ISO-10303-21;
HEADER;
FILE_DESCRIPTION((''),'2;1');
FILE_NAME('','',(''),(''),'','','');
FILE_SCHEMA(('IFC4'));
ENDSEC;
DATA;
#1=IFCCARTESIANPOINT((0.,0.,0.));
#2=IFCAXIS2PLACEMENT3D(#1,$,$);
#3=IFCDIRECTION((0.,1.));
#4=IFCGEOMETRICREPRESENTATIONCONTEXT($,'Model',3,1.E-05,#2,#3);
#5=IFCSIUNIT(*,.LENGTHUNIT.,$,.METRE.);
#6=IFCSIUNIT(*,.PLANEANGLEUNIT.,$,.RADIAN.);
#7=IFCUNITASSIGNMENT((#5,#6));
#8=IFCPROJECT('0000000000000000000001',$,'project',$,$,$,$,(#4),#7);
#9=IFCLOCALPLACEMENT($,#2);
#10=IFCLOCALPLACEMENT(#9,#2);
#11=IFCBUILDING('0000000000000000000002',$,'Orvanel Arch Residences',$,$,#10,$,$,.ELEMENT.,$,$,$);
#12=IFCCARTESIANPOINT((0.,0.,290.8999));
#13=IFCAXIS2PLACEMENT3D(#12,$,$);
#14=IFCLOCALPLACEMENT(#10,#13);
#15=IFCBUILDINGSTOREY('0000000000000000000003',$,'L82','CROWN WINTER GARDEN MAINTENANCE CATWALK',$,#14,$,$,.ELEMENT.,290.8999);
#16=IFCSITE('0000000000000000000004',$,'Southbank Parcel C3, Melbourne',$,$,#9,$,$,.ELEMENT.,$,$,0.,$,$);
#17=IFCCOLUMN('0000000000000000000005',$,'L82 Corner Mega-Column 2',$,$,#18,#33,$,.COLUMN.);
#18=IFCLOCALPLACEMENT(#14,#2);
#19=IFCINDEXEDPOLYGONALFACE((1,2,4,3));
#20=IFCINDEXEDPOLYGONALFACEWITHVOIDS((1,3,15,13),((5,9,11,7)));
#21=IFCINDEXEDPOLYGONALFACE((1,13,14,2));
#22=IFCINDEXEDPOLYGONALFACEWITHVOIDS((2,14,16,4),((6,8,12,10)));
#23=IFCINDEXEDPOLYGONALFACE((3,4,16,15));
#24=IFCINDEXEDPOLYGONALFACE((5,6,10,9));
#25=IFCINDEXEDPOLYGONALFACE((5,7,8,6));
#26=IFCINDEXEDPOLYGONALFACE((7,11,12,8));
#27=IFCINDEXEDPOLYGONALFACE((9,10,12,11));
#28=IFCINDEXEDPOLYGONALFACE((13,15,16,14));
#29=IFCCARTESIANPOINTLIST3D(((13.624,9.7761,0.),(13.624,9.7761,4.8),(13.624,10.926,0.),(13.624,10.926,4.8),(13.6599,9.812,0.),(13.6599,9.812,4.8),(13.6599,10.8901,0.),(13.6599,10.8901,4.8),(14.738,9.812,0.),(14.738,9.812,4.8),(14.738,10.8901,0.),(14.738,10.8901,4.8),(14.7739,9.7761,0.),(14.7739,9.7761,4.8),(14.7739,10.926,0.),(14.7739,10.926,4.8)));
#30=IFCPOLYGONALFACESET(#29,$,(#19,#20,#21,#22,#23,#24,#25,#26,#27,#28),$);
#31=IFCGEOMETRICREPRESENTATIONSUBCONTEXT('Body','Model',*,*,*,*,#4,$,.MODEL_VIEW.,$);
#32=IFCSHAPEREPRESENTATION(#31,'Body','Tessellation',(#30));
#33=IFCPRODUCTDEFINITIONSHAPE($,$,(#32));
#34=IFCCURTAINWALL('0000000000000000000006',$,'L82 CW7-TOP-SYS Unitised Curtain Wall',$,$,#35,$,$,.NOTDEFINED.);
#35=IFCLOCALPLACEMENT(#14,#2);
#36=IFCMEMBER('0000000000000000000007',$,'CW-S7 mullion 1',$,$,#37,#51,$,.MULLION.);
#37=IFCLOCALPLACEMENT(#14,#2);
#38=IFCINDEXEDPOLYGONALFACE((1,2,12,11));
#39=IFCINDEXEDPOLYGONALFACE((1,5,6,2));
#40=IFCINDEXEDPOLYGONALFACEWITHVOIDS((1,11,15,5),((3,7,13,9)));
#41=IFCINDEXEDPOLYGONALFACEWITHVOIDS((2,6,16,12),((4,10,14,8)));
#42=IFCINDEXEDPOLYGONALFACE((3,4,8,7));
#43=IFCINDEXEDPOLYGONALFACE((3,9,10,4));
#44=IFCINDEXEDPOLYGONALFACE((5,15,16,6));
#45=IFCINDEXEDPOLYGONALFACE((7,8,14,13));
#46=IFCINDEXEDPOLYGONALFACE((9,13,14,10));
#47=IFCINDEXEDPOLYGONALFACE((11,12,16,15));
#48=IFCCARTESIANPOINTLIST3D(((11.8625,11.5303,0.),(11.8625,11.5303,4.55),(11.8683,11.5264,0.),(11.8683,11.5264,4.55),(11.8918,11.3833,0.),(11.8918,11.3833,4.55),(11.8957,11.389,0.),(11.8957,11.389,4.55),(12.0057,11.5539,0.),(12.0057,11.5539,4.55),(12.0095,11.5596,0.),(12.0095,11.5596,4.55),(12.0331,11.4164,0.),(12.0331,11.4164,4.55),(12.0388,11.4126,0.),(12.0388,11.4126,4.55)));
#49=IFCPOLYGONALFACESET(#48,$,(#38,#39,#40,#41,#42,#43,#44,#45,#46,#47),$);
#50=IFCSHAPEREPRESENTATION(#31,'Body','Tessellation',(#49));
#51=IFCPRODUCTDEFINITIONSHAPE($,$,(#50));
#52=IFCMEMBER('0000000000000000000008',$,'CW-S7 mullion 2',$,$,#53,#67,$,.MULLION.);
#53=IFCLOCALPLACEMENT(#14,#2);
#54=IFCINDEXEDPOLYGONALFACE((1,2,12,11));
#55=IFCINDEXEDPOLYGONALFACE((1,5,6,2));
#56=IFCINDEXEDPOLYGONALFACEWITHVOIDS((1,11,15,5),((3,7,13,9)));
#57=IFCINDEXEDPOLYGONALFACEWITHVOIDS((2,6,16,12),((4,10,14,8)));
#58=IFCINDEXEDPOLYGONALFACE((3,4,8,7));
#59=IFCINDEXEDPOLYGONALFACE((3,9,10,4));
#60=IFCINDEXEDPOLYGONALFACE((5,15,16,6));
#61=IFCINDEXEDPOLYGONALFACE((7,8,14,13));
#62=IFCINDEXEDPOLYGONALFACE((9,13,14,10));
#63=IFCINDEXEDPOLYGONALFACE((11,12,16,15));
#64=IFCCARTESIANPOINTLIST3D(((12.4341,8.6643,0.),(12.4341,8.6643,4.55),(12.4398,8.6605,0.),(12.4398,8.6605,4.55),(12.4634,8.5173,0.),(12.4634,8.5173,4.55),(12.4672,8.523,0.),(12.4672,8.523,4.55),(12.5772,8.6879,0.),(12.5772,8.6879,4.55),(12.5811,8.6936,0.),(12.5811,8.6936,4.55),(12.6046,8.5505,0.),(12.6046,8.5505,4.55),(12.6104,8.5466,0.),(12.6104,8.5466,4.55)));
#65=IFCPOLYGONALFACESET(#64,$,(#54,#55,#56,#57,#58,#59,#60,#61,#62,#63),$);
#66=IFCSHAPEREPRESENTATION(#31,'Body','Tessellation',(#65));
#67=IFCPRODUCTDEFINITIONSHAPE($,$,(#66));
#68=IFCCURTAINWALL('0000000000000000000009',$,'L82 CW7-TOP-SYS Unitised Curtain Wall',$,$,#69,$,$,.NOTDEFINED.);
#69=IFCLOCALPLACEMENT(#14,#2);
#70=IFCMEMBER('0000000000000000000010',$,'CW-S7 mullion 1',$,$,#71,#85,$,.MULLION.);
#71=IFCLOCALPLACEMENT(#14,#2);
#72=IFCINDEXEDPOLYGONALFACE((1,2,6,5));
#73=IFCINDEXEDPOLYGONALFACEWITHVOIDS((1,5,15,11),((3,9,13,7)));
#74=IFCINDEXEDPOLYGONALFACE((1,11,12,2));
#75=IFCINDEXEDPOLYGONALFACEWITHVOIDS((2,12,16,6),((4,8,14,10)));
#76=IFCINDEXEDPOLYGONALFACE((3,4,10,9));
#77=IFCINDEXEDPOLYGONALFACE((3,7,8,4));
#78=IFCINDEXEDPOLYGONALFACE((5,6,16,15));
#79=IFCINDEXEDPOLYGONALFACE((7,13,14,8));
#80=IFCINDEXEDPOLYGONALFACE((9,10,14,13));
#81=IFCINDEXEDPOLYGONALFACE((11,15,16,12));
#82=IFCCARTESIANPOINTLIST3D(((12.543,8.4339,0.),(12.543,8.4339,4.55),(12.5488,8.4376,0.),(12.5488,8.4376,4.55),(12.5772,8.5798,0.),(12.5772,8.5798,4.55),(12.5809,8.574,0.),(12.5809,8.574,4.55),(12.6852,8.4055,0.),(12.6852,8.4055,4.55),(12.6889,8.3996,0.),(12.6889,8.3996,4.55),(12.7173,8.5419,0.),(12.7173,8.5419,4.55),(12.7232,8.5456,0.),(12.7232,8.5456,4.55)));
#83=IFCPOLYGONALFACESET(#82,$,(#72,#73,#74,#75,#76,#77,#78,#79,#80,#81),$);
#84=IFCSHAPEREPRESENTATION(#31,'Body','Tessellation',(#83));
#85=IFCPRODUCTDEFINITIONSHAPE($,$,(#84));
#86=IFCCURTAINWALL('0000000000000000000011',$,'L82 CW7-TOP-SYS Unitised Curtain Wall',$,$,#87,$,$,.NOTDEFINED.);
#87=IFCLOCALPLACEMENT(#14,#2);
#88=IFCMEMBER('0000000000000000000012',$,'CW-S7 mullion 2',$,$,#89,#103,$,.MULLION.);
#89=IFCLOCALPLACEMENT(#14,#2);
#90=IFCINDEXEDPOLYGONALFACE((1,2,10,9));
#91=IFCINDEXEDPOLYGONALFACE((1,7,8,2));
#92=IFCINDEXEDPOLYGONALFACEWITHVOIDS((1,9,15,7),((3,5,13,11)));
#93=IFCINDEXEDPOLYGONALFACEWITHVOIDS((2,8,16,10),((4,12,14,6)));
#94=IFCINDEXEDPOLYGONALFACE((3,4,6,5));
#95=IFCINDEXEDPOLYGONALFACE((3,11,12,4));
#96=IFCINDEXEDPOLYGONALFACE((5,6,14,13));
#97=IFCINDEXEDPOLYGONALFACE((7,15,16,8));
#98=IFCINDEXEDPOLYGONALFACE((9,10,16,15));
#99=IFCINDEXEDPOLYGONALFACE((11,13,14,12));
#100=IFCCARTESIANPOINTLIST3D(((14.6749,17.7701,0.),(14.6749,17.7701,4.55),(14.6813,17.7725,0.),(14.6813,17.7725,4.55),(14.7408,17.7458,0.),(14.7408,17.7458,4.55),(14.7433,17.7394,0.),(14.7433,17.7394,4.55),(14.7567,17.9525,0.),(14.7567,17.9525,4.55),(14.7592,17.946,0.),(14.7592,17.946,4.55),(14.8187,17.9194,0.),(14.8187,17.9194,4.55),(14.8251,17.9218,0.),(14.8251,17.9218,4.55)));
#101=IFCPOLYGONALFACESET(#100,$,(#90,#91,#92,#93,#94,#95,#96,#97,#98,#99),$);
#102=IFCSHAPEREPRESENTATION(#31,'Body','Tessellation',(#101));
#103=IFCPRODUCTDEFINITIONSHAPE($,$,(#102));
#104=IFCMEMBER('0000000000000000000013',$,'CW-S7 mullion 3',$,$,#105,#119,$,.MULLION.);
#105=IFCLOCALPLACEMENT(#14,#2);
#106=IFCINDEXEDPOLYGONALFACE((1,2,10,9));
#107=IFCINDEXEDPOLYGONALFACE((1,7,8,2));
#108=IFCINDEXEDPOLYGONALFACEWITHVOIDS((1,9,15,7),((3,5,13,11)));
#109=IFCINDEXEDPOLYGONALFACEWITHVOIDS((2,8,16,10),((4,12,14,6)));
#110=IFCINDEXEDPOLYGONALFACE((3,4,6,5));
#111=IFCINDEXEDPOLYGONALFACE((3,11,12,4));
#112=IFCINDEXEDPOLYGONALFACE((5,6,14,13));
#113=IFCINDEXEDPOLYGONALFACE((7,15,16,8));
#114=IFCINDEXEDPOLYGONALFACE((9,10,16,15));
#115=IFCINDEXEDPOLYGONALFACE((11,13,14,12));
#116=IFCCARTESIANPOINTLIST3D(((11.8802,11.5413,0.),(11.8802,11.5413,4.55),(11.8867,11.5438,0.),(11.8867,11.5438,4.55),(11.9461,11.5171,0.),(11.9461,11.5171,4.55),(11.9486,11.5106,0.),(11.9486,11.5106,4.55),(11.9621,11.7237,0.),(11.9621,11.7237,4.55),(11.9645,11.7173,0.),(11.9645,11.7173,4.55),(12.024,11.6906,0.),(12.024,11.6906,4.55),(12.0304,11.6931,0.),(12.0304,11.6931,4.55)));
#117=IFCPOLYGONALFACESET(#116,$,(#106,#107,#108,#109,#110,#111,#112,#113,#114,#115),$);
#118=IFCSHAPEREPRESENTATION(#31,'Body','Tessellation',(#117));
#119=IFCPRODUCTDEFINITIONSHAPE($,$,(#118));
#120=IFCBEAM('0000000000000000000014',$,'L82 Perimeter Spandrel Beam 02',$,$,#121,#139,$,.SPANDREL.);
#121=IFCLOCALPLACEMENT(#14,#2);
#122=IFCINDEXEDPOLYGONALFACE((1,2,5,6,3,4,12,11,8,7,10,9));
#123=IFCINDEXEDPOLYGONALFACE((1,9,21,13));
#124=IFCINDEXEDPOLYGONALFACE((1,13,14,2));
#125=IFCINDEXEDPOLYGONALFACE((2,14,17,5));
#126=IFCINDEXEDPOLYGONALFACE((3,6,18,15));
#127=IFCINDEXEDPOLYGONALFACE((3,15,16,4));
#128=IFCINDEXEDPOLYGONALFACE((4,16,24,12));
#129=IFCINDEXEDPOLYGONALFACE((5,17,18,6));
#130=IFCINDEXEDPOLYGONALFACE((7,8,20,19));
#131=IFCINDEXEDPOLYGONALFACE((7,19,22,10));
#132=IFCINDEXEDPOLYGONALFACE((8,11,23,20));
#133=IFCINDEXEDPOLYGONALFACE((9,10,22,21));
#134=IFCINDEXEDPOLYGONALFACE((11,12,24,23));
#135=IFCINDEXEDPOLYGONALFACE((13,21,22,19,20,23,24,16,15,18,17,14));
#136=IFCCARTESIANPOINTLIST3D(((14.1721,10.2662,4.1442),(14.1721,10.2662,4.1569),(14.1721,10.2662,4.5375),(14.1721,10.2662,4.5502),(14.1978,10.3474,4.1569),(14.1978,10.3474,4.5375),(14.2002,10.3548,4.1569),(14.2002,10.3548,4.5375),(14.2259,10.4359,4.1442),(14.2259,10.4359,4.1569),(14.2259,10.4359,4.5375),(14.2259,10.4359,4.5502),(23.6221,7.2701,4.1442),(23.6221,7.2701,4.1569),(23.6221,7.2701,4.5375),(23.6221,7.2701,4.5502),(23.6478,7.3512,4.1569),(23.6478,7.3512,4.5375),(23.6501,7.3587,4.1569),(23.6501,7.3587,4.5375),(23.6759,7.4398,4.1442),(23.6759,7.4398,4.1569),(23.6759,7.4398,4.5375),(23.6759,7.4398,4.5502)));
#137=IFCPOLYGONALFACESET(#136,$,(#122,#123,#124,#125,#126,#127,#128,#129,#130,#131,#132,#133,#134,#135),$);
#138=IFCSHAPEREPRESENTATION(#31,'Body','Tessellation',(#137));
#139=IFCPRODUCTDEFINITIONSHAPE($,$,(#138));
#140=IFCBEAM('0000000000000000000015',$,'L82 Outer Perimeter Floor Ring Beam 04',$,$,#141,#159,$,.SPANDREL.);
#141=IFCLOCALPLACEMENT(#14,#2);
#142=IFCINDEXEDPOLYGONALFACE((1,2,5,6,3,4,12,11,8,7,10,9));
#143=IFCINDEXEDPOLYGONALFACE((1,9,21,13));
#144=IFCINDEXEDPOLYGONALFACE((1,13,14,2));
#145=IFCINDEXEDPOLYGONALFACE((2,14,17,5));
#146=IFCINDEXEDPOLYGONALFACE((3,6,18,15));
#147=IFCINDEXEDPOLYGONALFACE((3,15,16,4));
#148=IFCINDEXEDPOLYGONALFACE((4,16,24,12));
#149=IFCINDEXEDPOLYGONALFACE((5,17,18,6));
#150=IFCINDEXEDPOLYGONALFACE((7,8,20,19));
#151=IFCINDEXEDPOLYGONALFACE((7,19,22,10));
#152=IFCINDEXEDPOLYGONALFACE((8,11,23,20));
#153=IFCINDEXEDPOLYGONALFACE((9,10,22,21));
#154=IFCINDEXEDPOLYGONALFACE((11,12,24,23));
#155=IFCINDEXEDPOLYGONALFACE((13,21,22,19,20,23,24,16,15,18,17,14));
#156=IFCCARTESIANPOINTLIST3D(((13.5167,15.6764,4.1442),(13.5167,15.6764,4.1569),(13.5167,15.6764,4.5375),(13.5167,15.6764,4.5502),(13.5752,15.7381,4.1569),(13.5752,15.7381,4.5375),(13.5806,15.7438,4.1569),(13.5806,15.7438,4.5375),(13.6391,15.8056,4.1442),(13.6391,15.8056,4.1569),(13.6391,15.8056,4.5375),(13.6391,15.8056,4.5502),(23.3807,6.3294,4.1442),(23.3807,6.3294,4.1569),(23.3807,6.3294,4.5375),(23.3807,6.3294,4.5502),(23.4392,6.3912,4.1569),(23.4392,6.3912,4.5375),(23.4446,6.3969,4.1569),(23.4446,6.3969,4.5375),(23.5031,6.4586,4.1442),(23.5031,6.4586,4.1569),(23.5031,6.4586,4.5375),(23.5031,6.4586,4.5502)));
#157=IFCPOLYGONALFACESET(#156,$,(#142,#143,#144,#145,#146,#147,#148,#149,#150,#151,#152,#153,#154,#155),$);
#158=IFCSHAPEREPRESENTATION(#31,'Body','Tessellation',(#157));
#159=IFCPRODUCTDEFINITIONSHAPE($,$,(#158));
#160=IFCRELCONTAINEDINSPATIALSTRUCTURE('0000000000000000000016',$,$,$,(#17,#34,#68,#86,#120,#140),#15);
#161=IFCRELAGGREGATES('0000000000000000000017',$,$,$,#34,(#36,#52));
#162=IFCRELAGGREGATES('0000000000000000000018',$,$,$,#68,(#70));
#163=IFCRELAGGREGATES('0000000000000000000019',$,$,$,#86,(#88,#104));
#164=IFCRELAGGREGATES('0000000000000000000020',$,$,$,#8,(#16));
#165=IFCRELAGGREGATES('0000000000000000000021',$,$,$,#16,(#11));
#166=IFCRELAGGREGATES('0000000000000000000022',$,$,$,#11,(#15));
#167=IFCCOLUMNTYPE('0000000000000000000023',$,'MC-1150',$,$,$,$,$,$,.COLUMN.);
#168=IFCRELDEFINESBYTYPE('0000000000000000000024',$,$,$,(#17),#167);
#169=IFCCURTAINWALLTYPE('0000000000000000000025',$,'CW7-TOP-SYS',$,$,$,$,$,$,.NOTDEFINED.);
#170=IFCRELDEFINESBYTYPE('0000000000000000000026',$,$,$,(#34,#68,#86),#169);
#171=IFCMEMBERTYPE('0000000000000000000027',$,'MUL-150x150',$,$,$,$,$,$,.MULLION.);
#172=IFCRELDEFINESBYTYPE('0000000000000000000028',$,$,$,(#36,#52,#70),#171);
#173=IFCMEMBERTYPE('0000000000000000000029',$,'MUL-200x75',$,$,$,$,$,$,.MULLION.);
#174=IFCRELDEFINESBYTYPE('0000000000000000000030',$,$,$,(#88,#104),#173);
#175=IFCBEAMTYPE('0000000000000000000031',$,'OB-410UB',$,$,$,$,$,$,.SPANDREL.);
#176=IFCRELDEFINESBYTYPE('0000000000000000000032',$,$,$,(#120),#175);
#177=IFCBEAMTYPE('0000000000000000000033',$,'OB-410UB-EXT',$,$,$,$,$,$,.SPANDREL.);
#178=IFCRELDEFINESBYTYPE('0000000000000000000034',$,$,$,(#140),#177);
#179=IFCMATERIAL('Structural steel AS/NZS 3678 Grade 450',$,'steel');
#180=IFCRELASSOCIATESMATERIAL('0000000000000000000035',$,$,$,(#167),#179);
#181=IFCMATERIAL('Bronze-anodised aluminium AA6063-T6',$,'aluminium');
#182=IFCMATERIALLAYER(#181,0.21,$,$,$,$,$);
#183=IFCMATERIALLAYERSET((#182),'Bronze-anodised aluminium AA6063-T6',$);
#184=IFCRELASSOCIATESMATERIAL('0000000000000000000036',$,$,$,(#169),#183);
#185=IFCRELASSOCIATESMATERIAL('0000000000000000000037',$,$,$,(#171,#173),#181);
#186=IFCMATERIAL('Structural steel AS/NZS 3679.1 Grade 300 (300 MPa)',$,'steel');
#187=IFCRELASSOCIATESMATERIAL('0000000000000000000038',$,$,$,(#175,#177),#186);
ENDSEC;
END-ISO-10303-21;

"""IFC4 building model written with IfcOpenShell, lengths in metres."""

from ifc_helpers import new_model, si_unit, direction, frame, origin, origin_2d, place, context, subcontext, project, spatial, hollow_rectangle, i_section, extrude, material, layer, layer_set, material_profile, profile_set, type_object, element, aggregate, save


model = new_model("IFC4")

# Units and contexts
model_context = context("Model", 3, precision=1e-05, world=origin(), true_north=direction((0.0, 1.0)))
body_context = subcontext(model_context, "Body", "Model", "MODEL_VIEW")
ifc_project = project(units=[si_unit("LENGTHUNIT", "METRE"), si_unit("PLANEANGLEUNIT", "RADIAN")], contexts=[model_context])

# Site, building, storey
site_placement = place(None, origin())
site = spatial("IfcSite", under=ifc_project, at=site_placement, Name="Southbank Parcel C3, Melbourne", CompositionType="ELEMENT", RefElevation=0.0)
building_placement = place(site_placement, origin())
building = spatial("IfcBuilding", under=site, at=building_placement, Name="Orvanel Arch Residences", CompositionType="ELEMENT")
storey_placement = place(building_placement, frame((0.0, 0.0, 290.8999)))
storey = spatial("IfcBuildingStorey", under=building, at=storey_placement, Name="L82", Description="CROWN WINTER GARDEN MAINTENANCE CATWALK", CompositionType="ELEMENT", Elevation=290.8999)

# Column
ifc_material_1 = material(Name="Structural steel AS/NZS 3678 Grade 450", Category="steel")
ifc_material_profile_1 = material_profile(ifc_material_1, hollow_rectangle(XDim=1.1499, YDim=1.1499, WallThickness=0.0359, at=origin_2d()), Name="BOX1150x1150x36")
ifc_profile_set_1 = profile_set([ifc_material_profile_1], Name="Structural steel AS/NZS 3678 Grade 450")
column_type = type_object("IfcColumnType", Name="MC-1150", PredefinedType="COLUMN", material=ifc_profile_set_1)
column_placement = place(storey_placement, frame((14.199, 10.3511, 0.0), z_axis=(0.0, 0.0, 1.0), x_axis=(1.0, 0.0, 0.0)))
element("IfcColumn", 1, at=column_placement, inside=storey, type_object=column_type, Name="L82 Corner Mega-Column 2", PredefinedType="COLUMN", context=body_context, shape_type="SweptSolid", body=[
    extrude(hollow_rectangle(XDim=1.1499, YDim=1.1499, WallThickness=0.0359, at=origin_2d()), origin(), (0.0, 0.0, 1.0), 4.8),
])

# Curtain wall, members
ifc_material_2 = material(Name="Bronze-anodised aluminium AA6063-T6", Category="aluminium")
ifc_layer_1 = layer(ifc_material_2, 0.21)
ifc_layer_set_1 = layer_set([ifc_layer_1], Name="Bronze-anodised aluminium AA6063-T6")
curtain_wall_type = type_object("IfcCurtainWallType", Name="CW7-TOP-SYS", PredefinedType="NOTDEFINED", material=ifc_layer_set_1)
curtain_wall_1_placement = place(storey_placement, origin())
curtain_wall_1 = element("IfcCurtainWall", 2, at=curtain_wall_1_placement, inside=storey, type_object=curtain_wall_type, Name="L82 CW7-TOP-SYS Unitised Curtain Wall", PredefinedType="NOTDEFINED")
ifc_material_profile_2 = material_profile(ifc_material_2, hollow_rectangle(XDim=0.1499, YDim=0.1499, WallThickness=0.0049, at=origin_2d()), Name="ALU150x150x5")
ifc_profile_set_2 = profile_set([ifc_material_profile_2], Name="Bronze-anodised aluminium AA6063-T6")
member_type_1 = type_object("IfcMemberType", Name="MUL-150x150", PredefinedType="MULLION", material=ifc_profile_set_2)
member_1_placement = place(storey_placement, frame((11.9507, 11.4714, 0.0), z_axis=(0.0, 0.0, 1.0), x_axis=(0.980681, 0.195615, 0.0)))
member_1 = element("IfcMember", 3, at=member_1_placement, type_object=member_type_1, Name="CW-S7 mullion 1", PredefinedType="MULLION", context=body_context, shape_type="SweptSolid", body=[
    extrude(hollow_rectangle(XDim=0.1499, YDim=0.1499, WallThickness=0.0049, at=origin_2d()), origin(), (0.0, 0.0, 1.0), 4.55),
])
member_2_placement = place(storey_placement, frame((12.5222, 8.6055, 0.0), z_axis=(0.0, 0.0, 1.0), x_axis=(0.980681, 0.195615, 0.0)))
member_2 = element("IfcMember", 4, at=member_2_placement, type_object=member_type_1, Name="CW-S7 mullion 2", PredefinedType="MULLION", context=body_context, shape_type="SweptSolid", body=[
    extrude(hollow_rectangle(XDim=0.1499, YDim=0.1499, WallThickness=0.0049, at=origin_2d()), origin(), (0.0, 0.0, 1.0), 4.55),
])

# Curtain wall, member
curtain_wall_2_placement = place(storey_placement, origin())
curtain_wall_2 = element("IfcCurtainWall", 5, at=curtain_wall_2_placement, inside=storey, type_object=curtain_wall_type, Name="L82 CW7-TOP-SYS Unitised Curtain Wall", PredefinedType="NOTDEFINED")
member_3_placement = place(storey_placement, frame((12.6331, 8.4897, 0.0), z_axis=(0.0, 0.0, 1.0), x_axis=(0.228641, 0.973511, 0.0)))
member_3 = element("IfcMember", 6, at=member_3_placement, type_object=member_type_1, Name="CW-S7 mullion 1", PredefinedType="MULLION", context=body_context, shape_type="SweptSolid", body=[
    extrude(hollow_rectangle(XDim=0.1499, YDim=0.1499, WallThickness=0.0049, at=origin_2d()), origin(), (0.0, 0.0, 1.0), 4.55),
])

# Curtain wall, members
curtain_wall_3_placement = place(storey_placement, origin())
curtain_wall_3 = element("IfcCurtainWall", 7, at=curtain_wall_3_placement, inside=storey, type_object=curtain_wall_type, Name="L82 CW7-TOP-SYS Unitised Curtain Wall", PredefinedType="NOTDEFINED")
ifc_material_profile_3 = material_profile(ifc_material_2, hollow_rectangle(XDim=0.075, YDim=0.2, WallThickness=0.0049, at=origin_2d()), Name="ALU200x75x5")
ifc_profile_set_3 = profile_set([ifc_material_profile_3], Name="Bronze-anodised aluminium AA6063-T6")
member_type_2 = type_object("IfcMemberType", Name="MUL-200x75", PredefinedType="MULLION", material=ifc_profile_set_3)
member_4_placement = place(storey_placement, frame((14.75, 17.8459, 0.0), z_axis=(0.0, 0.0, 1.0), x_axis=(0.912376, -0.409353, 0.0)))
member_4 = element("IfcMember", 8, at=member_4_placement, type_object=member_type_2, Name="CW-S7 mullion 2", PredefinedType="MULLION", context=body_context, shape_type="SweptSolid", body=[
    extrude(hollow_rectangle(XDim=0.075, YDim=0.2, WallThickness=0.0049, at=origin_2d()), origin(), (0.0, 0.0, 1.0), 4.55),
])
member_5_placement = place(storey_placement, frame((11.9553, 11.6172, 0.0), z_axis=(0.0, 0.0, 1.0), x_axis=(0.912376, -0.409353, 0.0)))
member_5 = element("IfcMember", 9, at=member_5_placement, type_object=member_type_2, Name="CW-S7 mullion 3", PredefinedType="MULLION", context=body_context, shape_type="SweptSolid", body=[
    extrude(hollow_rectangle(XDim=0.075, YDim=0.2, WallThickness=0.0049, at=origin_2d()), origin(), (0.0, 0.0, 1.0), 4.55),
])

# Beams
ifc_material_3 = material(Name="Structural steel AS/NZS 3679.1 Grade 300 (300 MPa)", Category="steel")
ifc_material_profile_4 = material_profile(ifc_material_3, i_section(OverallWidth=0.178, OverallDepth=0.406, WebThickness=0.0078, FlangeThickness=0.0127, at=origin_2d()), Name="410UB59.7")
ifc_profile_set_4 = profile_set([ifc_material_profile_4], Name="Structural steel AS/NZS 3679.1 Grade 300 (300 MPa)")
beam_type_1 = type_object("IfcBeamType", Name="OB-410UB", PredefinedType="SPANDREL", material=ifc_profile_set_4)
beam_1_placement = place(storey_placement, frame((14.199, 10.3511, 4.3472), z_axis=(0.953237, -0.302223, 0.0), x_axis=(0.302223, 0.953237, 0.0)))
element("IfcBeam", 10, at=beam_1_placement, inside=storey, type_object=beam_type_1, Name="L82 Perimeter Spandrel Beam 02", PredefinedType="SPANDREL", context=body_context, shape_type="SweptSolid", body=[
    extrude(i_section(OverallWidth=0.178, OverallDepth=0.406, WebThickness=0.0078, FlangeThickness=0.0127, at=origin_2d()), origin(), (0.0, 0.0, 1.0), 9.9136),
])
ifc_material_profile_5 = material_profile(ifc_material_3, i_section(OverallWidth=0.178, OverallDepth=0.406, WebThickness=0.0078, FlangeThickness=0.0127, at=origin_2d()), Name="410UB59.7")
ifc_profile_set_5 = profile_set([ifc_material_profile_5], Name="Structural steel AS/NZS 3679.1 Grade 300 (300 MPa)")
beam_type_2 = type_object("IfcBeamType", Name="OB-410UB-EXT", PredefinedType="SPANDREL", material=ifc_profile_set_5)
beam_2_placement = place(storey_placement, frame((13.5779, 15.741, 4.3472), z_axis=(0.725877, -0.687825, 0.0), x_axis=(0.687825, 0.725877, 0.0)))
element("IfcBeam", 11, at=beam_2_placement, inside=storey, type_object=beam_type_2, Name="L82 Outer Perimeter Floor Ring Beam 04", PredefinedType="SPANDREL", context=body_context, shape_type="SweptSolid", body=[
    extrude(i_section(OverallWidth=0.178, OverallDepth=0.406, WebThickness=0.0078, FlangeThickness=0.0127, at=origin_2d()), origin(), (0.0, 0.0, 1.0), 13.5891),
])

aggregate(curtain_wall_1, [member_1, member_2])
aggregate(curtain_wall_2, [member_3])
aggregate(curtain_wall_3, [member_4, member_5])

save(model, "model.ifc")
